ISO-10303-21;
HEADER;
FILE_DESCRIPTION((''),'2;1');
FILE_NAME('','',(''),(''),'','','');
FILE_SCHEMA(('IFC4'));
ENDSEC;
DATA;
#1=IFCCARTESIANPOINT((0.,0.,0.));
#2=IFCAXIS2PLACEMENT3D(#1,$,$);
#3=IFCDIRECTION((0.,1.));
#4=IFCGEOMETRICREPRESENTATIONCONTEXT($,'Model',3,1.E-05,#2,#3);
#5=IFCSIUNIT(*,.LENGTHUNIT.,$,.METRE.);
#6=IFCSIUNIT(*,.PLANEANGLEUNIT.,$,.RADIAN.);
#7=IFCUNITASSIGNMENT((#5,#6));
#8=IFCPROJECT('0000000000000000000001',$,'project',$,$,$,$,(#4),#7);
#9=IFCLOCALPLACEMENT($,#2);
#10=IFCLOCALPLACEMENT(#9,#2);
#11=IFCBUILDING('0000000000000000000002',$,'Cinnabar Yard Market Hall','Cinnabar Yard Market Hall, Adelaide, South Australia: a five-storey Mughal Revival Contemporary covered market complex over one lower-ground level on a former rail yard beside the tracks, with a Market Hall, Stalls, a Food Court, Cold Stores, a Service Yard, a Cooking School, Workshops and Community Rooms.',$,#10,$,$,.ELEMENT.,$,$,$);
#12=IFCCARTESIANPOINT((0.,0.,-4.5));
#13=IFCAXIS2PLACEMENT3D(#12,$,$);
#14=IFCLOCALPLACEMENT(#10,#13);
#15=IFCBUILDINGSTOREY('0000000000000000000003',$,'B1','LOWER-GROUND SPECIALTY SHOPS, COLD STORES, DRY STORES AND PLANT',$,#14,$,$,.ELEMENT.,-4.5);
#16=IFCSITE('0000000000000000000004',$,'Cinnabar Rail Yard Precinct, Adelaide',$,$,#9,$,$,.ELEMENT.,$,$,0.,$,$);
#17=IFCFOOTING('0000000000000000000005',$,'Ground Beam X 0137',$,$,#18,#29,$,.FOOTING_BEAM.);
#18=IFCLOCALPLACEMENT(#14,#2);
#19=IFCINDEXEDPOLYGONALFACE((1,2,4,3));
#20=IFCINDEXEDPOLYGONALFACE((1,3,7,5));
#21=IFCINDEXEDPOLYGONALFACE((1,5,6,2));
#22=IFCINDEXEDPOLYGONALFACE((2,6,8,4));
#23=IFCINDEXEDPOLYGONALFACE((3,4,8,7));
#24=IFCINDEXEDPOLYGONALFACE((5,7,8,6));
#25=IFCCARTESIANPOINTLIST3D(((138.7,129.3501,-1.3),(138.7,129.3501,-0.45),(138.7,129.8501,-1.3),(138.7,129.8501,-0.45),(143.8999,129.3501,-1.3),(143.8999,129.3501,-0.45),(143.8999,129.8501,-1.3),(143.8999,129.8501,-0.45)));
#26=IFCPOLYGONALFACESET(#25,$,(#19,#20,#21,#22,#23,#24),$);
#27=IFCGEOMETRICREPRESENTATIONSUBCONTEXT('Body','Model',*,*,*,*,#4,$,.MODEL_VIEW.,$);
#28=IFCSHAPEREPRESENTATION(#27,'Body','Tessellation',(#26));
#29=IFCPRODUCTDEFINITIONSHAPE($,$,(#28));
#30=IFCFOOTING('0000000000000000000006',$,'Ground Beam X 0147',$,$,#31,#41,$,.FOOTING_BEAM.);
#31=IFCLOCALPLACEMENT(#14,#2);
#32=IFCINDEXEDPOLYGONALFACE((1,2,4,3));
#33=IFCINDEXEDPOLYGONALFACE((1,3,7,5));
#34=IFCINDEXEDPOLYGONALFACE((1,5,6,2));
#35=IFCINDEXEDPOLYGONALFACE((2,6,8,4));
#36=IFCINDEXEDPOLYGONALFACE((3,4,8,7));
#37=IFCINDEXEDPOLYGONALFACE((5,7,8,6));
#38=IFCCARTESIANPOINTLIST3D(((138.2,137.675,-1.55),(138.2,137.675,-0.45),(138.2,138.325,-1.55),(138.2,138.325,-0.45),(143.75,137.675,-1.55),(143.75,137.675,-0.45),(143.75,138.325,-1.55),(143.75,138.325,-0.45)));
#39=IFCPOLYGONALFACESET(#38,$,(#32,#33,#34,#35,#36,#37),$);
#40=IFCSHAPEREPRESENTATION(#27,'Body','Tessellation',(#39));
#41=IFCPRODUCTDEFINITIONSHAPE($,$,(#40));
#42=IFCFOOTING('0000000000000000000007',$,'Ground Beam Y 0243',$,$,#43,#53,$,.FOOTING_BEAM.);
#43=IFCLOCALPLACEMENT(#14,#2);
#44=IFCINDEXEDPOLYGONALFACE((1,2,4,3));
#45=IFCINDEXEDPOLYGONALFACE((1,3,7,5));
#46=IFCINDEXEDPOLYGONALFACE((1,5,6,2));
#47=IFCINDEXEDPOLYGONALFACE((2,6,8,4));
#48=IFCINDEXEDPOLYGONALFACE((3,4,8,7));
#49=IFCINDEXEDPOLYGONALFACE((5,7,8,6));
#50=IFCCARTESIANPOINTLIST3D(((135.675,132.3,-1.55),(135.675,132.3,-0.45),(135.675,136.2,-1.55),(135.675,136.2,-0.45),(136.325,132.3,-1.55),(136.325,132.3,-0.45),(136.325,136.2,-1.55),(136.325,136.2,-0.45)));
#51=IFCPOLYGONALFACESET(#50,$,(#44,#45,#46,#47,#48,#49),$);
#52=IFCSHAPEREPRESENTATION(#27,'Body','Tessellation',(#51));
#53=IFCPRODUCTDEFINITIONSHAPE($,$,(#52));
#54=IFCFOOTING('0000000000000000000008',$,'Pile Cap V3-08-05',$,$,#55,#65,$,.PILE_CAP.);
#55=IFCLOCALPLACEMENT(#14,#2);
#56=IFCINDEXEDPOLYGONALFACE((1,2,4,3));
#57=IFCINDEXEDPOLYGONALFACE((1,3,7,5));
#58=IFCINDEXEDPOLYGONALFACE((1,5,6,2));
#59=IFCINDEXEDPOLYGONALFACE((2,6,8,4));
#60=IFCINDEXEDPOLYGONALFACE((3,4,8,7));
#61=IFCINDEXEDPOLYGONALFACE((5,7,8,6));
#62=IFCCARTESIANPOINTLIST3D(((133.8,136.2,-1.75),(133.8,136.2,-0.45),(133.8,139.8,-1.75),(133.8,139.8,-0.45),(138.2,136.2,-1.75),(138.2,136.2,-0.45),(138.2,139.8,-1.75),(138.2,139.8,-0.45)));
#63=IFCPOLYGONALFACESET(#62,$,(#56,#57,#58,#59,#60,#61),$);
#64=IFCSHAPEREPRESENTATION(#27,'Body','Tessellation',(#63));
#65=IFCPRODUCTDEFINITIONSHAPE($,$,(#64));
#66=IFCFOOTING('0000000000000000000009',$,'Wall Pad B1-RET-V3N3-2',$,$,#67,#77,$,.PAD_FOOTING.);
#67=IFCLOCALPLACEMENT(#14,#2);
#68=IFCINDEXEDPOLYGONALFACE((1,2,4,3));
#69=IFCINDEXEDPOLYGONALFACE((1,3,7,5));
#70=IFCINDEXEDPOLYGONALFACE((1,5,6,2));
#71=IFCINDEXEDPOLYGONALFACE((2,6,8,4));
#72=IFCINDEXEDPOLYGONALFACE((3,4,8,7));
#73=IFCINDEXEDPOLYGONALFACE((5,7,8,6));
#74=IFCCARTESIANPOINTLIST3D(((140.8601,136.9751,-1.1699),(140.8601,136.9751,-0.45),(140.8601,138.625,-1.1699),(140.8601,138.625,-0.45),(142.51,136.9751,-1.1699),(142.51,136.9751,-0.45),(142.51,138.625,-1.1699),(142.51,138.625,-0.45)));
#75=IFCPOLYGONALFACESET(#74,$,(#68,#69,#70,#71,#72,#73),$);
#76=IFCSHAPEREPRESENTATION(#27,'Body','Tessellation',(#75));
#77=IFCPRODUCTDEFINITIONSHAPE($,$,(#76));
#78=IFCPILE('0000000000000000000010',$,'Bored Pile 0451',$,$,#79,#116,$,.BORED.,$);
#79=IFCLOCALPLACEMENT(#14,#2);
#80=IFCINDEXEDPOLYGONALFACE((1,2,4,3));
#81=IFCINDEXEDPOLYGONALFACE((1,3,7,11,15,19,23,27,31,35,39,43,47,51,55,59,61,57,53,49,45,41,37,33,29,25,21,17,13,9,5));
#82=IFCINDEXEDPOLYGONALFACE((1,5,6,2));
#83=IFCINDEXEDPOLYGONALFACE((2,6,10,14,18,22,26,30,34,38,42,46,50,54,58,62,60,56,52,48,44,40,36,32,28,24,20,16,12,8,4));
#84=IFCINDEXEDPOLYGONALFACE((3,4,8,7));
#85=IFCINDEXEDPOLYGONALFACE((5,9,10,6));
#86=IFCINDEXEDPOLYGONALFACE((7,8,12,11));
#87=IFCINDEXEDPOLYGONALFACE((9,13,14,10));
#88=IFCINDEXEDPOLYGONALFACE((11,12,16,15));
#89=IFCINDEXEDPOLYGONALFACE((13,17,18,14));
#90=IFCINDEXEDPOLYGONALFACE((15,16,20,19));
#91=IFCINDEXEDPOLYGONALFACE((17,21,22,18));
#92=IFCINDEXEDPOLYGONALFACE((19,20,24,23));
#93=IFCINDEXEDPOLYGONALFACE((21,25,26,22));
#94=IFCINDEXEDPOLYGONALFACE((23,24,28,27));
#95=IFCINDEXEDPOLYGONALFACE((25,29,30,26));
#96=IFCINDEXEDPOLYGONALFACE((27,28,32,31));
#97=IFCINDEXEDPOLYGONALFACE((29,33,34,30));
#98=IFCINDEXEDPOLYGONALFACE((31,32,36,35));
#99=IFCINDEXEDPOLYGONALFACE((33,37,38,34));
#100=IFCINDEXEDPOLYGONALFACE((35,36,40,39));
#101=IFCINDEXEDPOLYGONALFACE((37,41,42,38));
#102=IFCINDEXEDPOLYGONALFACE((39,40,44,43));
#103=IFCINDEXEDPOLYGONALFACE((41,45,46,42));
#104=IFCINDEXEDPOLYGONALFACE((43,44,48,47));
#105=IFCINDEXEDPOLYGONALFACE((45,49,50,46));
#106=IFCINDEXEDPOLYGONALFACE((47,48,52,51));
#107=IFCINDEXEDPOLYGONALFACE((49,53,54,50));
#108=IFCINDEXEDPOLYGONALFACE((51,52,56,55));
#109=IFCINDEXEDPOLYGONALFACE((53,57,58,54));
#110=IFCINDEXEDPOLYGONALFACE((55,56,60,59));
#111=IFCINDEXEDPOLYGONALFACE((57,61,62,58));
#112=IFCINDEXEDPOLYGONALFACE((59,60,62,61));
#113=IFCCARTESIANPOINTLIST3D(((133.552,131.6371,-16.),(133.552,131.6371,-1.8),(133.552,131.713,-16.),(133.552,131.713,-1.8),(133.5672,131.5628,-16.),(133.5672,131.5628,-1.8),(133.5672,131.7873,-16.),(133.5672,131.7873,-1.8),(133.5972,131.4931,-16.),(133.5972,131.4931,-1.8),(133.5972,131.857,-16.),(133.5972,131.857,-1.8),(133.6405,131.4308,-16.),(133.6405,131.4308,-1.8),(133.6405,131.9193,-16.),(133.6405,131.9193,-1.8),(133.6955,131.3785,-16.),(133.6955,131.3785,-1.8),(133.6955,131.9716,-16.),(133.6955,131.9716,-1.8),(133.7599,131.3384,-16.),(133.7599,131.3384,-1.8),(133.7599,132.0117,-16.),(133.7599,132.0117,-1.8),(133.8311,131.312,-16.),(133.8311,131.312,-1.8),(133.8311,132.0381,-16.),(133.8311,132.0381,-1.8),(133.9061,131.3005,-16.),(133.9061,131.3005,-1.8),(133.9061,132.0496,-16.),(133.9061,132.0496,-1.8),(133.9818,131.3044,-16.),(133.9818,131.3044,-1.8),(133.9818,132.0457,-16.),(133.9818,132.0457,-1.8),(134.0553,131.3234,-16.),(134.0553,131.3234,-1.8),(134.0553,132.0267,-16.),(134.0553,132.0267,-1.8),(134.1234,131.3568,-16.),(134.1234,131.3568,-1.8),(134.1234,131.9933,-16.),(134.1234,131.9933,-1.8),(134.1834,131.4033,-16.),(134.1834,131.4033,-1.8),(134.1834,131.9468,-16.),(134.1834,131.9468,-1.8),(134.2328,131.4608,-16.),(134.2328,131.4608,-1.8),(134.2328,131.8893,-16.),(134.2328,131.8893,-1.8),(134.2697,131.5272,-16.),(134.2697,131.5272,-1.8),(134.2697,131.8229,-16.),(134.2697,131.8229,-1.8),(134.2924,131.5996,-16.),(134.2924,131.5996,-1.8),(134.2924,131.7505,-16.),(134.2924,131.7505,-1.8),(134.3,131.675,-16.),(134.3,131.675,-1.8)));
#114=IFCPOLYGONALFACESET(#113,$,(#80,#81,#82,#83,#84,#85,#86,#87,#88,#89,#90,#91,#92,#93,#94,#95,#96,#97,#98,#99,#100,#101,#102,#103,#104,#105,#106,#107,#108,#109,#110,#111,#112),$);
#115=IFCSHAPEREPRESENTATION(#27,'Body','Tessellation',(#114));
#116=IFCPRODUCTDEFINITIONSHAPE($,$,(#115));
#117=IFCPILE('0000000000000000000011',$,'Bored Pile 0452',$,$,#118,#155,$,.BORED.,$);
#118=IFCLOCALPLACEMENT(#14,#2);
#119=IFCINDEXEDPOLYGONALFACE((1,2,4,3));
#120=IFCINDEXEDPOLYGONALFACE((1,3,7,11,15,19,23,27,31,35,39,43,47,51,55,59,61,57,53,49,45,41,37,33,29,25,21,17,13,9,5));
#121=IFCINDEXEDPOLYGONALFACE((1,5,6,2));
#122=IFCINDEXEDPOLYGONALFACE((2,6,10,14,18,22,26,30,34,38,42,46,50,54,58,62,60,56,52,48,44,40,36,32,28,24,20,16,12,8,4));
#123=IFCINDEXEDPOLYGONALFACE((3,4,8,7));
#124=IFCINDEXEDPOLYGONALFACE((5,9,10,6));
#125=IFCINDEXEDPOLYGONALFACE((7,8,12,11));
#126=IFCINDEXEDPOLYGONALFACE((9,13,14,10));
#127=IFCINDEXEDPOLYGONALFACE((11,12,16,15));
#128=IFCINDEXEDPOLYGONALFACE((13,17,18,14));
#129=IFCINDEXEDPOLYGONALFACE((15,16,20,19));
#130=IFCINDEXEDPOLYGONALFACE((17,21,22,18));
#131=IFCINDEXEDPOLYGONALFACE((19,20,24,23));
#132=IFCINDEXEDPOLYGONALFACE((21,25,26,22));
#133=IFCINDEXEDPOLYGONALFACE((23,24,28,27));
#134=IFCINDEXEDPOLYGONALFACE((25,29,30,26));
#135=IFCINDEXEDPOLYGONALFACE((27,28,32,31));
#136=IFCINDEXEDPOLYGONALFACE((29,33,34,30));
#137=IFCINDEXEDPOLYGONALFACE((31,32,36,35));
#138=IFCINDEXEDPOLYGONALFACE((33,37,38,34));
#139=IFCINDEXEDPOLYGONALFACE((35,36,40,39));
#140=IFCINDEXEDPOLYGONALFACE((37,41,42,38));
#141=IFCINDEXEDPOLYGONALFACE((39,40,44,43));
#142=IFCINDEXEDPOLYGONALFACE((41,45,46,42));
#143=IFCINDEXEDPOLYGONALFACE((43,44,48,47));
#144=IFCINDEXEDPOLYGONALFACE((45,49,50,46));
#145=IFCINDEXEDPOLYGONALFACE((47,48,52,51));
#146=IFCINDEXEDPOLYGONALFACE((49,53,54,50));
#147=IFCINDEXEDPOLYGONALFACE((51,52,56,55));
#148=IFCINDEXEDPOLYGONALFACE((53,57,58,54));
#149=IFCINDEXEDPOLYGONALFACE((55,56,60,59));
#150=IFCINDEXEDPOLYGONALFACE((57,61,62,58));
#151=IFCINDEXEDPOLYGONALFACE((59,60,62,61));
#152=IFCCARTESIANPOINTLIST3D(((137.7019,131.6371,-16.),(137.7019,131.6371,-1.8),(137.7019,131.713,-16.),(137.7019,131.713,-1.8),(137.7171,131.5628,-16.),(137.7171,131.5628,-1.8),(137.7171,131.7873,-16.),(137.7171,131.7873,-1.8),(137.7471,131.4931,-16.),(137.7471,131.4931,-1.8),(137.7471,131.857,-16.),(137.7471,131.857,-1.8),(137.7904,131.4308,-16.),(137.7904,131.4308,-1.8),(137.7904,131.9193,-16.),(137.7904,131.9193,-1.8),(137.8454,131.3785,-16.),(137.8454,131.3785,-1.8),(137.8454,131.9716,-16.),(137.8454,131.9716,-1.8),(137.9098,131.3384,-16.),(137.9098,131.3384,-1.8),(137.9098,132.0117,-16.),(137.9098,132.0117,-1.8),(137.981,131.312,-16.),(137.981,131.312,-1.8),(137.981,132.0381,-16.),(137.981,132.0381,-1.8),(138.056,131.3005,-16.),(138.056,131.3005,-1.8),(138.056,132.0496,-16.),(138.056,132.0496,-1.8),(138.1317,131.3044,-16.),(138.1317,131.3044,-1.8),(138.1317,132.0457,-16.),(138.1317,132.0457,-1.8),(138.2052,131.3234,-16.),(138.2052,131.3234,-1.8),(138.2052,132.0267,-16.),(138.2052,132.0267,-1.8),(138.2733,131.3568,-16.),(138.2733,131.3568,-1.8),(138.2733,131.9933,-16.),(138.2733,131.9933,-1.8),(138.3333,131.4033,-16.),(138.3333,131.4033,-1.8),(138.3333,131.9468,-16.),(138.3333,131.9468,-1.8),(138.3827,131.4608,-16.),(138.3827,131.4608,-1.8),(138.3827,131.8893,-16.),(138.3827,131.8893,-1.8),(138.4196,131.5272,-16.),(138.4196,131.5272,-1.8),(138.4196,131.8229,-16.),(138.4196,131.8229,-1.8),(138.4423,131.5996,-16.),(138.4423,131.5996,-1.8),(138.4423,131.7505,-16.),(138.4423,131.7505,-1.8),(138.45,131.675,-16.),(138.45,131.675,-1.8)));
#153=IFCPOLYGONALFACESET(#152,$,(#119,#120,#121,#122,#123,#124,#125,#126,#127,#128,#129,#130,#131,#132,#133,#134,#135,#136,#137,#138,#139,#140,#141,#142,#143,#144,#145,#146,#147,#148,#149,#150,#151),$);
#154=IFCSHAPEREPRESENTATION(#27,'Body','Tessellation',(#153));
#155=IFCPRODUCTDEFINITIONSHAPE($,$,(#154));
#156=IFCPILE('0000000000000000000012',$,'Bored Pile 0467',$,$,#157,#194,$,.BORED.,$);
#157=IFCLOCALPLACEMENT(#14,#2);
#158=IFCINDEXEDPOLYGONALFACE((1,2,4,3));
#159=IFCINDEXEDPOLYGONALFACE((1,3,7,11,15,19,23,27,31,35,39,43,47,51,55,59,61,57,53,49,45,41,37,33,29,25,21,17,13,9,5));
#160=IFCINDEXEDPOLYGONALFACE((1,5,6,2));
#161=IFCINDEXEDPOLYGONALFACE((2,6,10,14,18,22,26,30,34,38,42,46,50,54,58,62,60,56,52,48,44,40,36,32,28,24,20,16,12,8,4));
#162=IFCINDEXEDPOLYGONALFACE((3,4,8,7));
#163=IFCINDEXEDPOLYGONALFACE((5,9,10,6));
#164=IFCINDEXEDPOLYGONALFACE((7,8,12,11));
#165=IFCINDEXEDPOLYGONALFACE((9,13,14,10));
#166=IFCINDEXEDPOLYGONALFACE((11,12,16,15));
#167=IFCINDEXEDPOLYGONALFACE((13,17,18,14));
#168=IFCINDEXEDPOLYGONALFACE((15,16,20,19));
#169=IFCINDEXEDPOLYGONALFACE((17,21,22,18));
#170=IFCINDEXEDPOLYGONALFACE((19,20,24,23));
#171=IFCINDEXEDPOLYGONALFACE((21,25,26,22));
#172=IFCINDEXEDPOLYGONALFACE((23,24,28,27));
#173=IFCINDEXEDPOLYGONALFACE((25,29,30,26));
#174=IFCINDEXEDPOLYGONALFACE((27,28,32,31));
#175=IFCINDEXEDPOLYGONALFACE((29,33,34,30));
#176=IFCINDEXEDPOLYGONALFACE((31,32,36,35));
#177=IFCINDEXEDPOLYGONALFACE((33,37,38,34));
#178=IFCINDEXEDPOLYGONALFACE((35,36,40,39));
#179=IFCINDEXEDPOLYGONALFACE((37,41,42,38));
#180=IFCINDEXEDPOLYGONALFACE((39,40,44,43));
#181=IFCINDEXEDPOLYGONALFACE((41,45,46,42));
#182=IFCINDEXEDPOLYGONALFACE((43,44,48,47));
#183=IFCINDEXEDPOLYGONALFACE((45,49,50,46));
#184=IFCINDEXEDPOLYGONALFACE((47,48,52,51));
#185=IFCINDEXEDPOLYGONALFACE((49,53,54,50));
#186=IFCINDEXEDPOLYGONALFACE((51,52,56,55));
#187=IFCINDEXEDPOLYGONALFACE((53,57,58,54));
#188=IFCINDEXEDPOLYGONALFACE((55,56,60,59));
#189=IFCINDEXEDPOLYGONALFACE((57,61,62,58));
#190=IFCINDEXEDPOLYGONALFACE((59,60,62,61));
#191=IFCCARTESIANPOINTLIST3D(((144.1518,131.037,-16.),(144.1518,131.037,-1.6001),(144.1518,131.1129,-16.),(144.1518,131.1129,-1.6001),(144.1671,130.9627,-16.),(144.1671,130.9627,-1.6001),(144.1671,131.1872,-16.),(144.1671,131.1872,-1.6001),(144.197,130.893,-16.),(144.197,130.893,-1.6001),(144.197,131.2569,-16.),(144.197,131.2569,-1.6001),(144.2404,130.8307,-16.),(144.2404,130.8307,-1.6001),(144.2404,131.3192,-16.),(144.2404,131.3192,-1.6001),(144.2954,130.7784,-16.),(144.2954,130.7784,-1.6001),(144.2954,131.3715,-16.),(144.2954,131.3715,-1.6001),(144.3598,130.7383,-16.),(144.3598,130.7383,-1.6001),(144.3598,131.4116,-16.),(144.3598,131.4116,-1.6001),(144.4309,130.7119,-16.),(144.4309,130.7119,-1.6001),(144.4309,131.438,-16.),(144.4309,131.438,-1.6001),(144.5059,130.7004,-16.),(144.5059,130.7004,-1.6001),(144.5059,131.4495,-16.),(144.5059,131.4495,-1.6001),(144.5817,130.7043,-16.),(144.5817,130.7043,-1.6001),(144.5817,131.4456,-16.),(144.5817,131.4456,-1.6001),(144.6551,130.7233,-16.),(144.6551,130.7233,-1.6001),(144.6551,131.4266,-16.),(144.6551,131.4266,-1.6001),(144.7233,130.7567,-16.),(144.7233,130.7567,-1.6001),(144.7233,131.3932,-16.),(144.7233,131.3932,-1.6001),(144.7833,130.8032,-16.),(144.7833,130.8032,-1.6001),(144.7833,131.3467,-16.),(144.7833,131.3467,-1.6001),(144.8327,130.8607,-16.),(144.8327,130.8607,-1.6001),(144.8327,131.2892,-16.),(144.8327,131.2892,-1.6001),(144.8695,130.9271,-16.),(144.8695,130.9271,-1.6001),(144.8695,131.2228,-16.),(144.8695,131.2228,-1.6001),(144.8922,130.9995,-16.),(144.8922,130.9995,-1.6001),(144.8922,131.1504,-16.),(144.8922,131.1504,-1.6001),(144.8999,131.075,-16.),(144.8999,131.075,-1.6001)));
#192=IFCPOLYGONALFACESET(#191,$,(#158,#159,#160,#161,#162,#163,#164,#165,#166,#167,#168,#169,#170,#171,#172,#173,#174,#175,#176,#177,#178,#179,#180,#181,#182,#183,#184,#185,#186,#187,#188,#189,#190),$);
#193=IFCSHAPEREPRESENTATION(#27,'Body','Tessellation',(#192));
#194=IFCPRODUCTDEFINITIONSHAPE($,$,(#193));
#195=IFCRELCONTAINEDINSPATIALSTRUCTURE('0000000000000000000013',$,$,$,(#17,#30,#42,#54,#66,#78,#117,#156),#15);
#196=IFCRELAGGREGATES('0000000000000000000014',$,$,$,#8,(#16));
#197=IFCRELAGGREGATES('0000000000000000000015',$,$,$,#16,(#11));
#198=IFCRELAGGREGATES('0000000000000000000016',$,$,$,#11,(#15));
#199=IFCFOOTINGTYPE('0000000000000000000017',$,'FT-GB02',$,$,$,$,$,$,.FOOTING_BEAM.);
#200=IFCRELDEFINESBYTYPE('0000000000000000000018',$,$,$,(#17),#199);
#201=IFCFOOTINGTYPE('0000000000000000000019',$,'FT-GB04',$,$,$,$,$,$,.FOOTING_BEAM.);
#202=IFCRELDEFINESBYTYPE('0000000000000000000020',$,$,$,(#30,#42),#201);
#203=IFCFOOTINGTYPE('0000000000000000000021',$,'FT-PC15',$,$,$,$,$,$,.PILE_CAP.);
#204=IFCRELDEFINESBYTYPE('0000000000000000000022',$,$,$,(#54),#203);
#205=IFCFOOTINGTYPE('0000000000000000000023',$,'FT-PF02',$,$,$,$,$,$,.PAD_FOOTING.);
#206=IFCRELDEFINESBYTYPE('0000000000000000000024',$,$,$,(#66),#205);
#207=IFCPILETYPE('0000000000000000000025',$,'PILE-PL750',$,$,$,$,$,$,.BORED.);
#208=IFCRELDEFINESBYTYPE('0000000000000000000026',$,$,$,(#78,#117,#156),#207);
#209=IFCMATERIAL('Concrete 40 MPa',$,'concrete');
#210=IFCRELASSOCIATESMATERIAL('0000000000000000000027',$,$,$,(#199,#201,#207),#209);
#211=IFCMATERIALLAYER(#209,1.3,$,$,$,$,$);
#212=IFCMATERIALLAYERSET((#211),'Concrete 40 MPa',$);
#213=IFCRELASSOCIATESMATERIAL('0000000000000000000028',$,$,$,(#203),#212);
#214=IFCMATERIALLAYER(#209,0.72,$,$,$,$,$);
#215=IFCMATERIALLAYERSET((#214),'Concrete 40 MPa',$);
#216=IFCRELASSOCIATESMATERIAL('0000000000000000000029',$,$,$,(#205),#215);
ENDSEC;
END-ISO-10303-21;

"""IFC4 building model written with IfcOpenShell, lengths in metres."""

from ifc_helpers import new_model, si_unit, direction, frame, origin, origin_2d_with_axis, place, context, subcontext, project, spatial, rectangle, circle, extrude, material, layer, layer_set, material_profile, profile_set, type_object, element, save


model = new_model("IFC4")

# Units and contexts
model_context = context("Model", 3, precision=1e-05, world=origin(), true_north=direction((0.0, 1.0)))
body_context = subcontext(model_context, "Body", "Model", "MODEL_VIEW")
ifc_project = project(units=[si_unit("LENGTHUNIT", "METRE"), si_unit("PLANEANGLEUNIT", "RADIAN")], contexts=[model_context])

# Site, building, storey
site_placement = place(None, origin())
site = spatial("IfcSite", under=ifc_project, at=site_placement, Name="Cinnabar Rail Yard Precinct, Adelaide", CompositionType="ELEMENT", RefElevation=0.0)
building_placement = place(site_placement, origin())
building = spatial("IfcBuilding", under=site, at=building_placement, Name="Cinnabar Yard Market Hall", Description="Cinnabar Yard Market Hall, Adelaide, South Australia: a five-storey Mughal Revival Contemporary covered market complex over one lower-ground level on a former rail yard beside the tracks, with a Market Hall, Stalls, a Food Court, Cold Stores, a Service Yard, a Cooking School, Workshops and Community Rooms.", CompositionType="ELEMENT")
storey_placement = place(building_placement, frame((0.0, 0.0, -4.5)))
storey = spatial("IfcBuildingStorey", under=building, at=storey_placement, Name="B1", Description="LOWER-GROUND SPECIALTY SHOPS, COLD STORES, DRY STORES AND PLANT", CompositionType="ELEMENT", Elevation=-4.5)

# Footings
ifc_material_1 = material(Name="Concrete 40 MPa", Category="concrete")
ifc_material_profile_1 = material_profile(ifc_material_1, rectangle(XDim=0.5, YDim=0.8501, at=origin_2d_with_axis()), Name="GB-500x850")
ifc_profile_set_1 = profile_set([ifc_material_profile_1], Name="Concrete 40 MPa")
footing_type_1 = type_object("IfcFootingType", Name="FT-GB02", PredefinedType="FOOTING_BEAM", material=ifc_profile_set_1)
footing_1_placement = place(storey_placement, frame((138.7, 129.6001, -0.875), z_axis=(1.0, 0.0, 0.0), x_axis=(0.0, 1.0, 0.0)))
element("IfcFooting", 1, at=footing_1_placement, inside=storey, type_object=footing_type_1, Name="Ground Beam X 0137", PredefinedType="FOOTING_BEAM", context=body_context, shape_type="SweptSolid", body=[
    extrude(rectangle(XDim=0.5, YDim=0.8501, at=origin_2d_with_axis()), origin(), (0.0, 0.0, 1.0), 5.2),
])
ifc_material_profile_2 = material_profile(ifc_material_1, rectangle(XDim=0.6499, YDim=1.1001, at=origin_2d_with_axis()), Name="GB-650x1100")
ifc_profile_set_2 = profile_set([ifc_material_profile_2], Name="Concrete 40 MPa")
footing_type_2 = type_object("IfcFootingType", Name="FT-GB04", PredefinedType="FOOTING_BEAM", material=ifc_profile_set_2)
footing_2_placement = place(storey_placement, frame((138.2, 138.0, -1.0), z_axis=(1.0, 0.0, 0.0), x_axis=(0.0, 1.0, 0.0)))
element("IfcFooting", 2, at=footing_2_placement, inside=storey, type_object=footing_type_2, Name="Ground Beam X 0147", PredefinedType="FOOTING_BEAM", context=body_context, shape_type="SweptSolid", body=[
    extrude(rectangle(XDim=0.6499, YDim=1.1001, at=origin_2d_with_axis()), origin(), (0.0, 0.0, 1.0), 5.55),
])
footing_3_placement = place(storey_placement, frame((136.0, 132.3, -1.0), z_axis=(0.0, 1.0, 0.0), x_axis=(-1.0, 0.0, 0.0)))
element("IfcFooting", 3, at=footing_3_placement, inside=storey, type_object=footing_type_2, Name="Ground Beam Y 0243", PredefinedType="FOOTING_BEAM", context=body_context, shape_type="SweptSolid", body=[
    extrude(rectangle(XDim=0.6499, YDim=1.1001, at=origin_2d_with_axis()), origin(), (0.0, 0.0, 1.0), 3.8999),
])
ifc_layer_1 = layer(ifc_material_1, 1.3)
ifc_layer_set_1 = layer_set([ifc_layer_1], Name="Concrete 40 MPa")
footing_type_3 = type_object("IfcFootingType", Name="FT-PC15", PredefinedType="PILE_CAP", material=ifc_layer_set_1)
footing_4_placement = place(storey_placement, frame((136.0, 138.0, -1.75), z_axis=(0.0, 0.0, 1.0), x_axis=(1.0, 0.0, 0.0)))
element("IfcFooting", 4, at=footing_4_placement, inside=storey, type_object=footing_type_3, Name="Pile Cap V3-08-05", PredefinedType="PILE_CAP", context=body_context, shape_type="SweptSolid", body=[
    extrude(rectangle(XDim=4.3999, YDim=3.6001, at=origin_2d_with_axis()), origin(), (0.0, 0.0, 1.0), 1.3),
])
ifc_layer_2 = layer(ifc_material_1, 0.72)
ifc_layer_set_2 = layer_set([ifc_layer_2], Name="Concrete 40 MPa")
footing_type_4 = type_object("IfcFootingType", Name="FT-PF02", PredefinedType="PAD_FOOTING", material=ifc_layer_set_2)
footing_5_placement = place(storey_placement, frame((141.6851, 137.8, -1.1699), z_axis=(0.0, 0.0, 1.0), x_axis=(1.0, 0.0, 0.0)))
element("IfcFooting", 5, at=footing_5_placement, inside=storey, type_object=footing_type_4, Name="Wall Pad B1-RET-V3N3-2", PredefinedType="PAD_FOOTING", context=body_context, shape_type="SweptSolid", body=[
    extrude(rectangle(XDim=1.6499, YDim=1.6499, at=origin_2d_with_axis()), origin(), (0.0, 0.0, 1.0), 0.72),
])

# Piles
ifc_material_profile_3 = material_profile(ifc_material_1, circle(Radius=0.375, at=origin_2d_with_axis()), Name="PILE-D750")
ifc_profile_set_3 = profile_set([ifc_material_profile_3], Name="Concrete 40 MPa")
pile_type_1 = type_object("IfcPileType", Name="PILE-PL750", PredefinedType="BORED", material=ifc_profile_set_3)
for number, where, z_axis, x_axis, name in (
    (6, (133.925, 131.675, -1.8), (0.0, 0.0, -1.0), (1.0, 0.0, 0.0), "Bored Pile 0451"),
    (7, (138.075, 131.675, -1.8), (0.0, 0.0, -1.0), (1.0, 0.0, 0.0), "Bored Pile 0452"),
):
    element("IfcPile", number, at=place(storey_placement, frame(where, z_axis=z_axis, x_axis=x_axis)), inside=storey, type_object=pile_type_1, Name=name, PredefinedType="BORED", context=body_context, shape_type="SweptSolid", body=[
        extrude(circle(Radius=0.375, at=origin_2d_with_axis()), origin(), (0.0, 0.0, 1.0), 14.2),
    ])
pile_1_placement = place(storey_placement, frame((144.5249, 131.075, -1.6001), z_axis=(0.0, 0.0, -1.0), x_axis=(1.0, 0.0, 0.0)))
element("IfcPile", 8, at=pile_1_placement, inside=storey, type_object=pile_type_1, Name="Bored Pile 0467", PredefinedType="BORED", context=body_context, shape_type="SweptSolid", body=[
    extrude(circle(Radius=0.375, at=origin_2d_with_axis()), origin(), (0.0, 0.0, 1.0), 14.3999),
])

save(model, "model.ifc")
